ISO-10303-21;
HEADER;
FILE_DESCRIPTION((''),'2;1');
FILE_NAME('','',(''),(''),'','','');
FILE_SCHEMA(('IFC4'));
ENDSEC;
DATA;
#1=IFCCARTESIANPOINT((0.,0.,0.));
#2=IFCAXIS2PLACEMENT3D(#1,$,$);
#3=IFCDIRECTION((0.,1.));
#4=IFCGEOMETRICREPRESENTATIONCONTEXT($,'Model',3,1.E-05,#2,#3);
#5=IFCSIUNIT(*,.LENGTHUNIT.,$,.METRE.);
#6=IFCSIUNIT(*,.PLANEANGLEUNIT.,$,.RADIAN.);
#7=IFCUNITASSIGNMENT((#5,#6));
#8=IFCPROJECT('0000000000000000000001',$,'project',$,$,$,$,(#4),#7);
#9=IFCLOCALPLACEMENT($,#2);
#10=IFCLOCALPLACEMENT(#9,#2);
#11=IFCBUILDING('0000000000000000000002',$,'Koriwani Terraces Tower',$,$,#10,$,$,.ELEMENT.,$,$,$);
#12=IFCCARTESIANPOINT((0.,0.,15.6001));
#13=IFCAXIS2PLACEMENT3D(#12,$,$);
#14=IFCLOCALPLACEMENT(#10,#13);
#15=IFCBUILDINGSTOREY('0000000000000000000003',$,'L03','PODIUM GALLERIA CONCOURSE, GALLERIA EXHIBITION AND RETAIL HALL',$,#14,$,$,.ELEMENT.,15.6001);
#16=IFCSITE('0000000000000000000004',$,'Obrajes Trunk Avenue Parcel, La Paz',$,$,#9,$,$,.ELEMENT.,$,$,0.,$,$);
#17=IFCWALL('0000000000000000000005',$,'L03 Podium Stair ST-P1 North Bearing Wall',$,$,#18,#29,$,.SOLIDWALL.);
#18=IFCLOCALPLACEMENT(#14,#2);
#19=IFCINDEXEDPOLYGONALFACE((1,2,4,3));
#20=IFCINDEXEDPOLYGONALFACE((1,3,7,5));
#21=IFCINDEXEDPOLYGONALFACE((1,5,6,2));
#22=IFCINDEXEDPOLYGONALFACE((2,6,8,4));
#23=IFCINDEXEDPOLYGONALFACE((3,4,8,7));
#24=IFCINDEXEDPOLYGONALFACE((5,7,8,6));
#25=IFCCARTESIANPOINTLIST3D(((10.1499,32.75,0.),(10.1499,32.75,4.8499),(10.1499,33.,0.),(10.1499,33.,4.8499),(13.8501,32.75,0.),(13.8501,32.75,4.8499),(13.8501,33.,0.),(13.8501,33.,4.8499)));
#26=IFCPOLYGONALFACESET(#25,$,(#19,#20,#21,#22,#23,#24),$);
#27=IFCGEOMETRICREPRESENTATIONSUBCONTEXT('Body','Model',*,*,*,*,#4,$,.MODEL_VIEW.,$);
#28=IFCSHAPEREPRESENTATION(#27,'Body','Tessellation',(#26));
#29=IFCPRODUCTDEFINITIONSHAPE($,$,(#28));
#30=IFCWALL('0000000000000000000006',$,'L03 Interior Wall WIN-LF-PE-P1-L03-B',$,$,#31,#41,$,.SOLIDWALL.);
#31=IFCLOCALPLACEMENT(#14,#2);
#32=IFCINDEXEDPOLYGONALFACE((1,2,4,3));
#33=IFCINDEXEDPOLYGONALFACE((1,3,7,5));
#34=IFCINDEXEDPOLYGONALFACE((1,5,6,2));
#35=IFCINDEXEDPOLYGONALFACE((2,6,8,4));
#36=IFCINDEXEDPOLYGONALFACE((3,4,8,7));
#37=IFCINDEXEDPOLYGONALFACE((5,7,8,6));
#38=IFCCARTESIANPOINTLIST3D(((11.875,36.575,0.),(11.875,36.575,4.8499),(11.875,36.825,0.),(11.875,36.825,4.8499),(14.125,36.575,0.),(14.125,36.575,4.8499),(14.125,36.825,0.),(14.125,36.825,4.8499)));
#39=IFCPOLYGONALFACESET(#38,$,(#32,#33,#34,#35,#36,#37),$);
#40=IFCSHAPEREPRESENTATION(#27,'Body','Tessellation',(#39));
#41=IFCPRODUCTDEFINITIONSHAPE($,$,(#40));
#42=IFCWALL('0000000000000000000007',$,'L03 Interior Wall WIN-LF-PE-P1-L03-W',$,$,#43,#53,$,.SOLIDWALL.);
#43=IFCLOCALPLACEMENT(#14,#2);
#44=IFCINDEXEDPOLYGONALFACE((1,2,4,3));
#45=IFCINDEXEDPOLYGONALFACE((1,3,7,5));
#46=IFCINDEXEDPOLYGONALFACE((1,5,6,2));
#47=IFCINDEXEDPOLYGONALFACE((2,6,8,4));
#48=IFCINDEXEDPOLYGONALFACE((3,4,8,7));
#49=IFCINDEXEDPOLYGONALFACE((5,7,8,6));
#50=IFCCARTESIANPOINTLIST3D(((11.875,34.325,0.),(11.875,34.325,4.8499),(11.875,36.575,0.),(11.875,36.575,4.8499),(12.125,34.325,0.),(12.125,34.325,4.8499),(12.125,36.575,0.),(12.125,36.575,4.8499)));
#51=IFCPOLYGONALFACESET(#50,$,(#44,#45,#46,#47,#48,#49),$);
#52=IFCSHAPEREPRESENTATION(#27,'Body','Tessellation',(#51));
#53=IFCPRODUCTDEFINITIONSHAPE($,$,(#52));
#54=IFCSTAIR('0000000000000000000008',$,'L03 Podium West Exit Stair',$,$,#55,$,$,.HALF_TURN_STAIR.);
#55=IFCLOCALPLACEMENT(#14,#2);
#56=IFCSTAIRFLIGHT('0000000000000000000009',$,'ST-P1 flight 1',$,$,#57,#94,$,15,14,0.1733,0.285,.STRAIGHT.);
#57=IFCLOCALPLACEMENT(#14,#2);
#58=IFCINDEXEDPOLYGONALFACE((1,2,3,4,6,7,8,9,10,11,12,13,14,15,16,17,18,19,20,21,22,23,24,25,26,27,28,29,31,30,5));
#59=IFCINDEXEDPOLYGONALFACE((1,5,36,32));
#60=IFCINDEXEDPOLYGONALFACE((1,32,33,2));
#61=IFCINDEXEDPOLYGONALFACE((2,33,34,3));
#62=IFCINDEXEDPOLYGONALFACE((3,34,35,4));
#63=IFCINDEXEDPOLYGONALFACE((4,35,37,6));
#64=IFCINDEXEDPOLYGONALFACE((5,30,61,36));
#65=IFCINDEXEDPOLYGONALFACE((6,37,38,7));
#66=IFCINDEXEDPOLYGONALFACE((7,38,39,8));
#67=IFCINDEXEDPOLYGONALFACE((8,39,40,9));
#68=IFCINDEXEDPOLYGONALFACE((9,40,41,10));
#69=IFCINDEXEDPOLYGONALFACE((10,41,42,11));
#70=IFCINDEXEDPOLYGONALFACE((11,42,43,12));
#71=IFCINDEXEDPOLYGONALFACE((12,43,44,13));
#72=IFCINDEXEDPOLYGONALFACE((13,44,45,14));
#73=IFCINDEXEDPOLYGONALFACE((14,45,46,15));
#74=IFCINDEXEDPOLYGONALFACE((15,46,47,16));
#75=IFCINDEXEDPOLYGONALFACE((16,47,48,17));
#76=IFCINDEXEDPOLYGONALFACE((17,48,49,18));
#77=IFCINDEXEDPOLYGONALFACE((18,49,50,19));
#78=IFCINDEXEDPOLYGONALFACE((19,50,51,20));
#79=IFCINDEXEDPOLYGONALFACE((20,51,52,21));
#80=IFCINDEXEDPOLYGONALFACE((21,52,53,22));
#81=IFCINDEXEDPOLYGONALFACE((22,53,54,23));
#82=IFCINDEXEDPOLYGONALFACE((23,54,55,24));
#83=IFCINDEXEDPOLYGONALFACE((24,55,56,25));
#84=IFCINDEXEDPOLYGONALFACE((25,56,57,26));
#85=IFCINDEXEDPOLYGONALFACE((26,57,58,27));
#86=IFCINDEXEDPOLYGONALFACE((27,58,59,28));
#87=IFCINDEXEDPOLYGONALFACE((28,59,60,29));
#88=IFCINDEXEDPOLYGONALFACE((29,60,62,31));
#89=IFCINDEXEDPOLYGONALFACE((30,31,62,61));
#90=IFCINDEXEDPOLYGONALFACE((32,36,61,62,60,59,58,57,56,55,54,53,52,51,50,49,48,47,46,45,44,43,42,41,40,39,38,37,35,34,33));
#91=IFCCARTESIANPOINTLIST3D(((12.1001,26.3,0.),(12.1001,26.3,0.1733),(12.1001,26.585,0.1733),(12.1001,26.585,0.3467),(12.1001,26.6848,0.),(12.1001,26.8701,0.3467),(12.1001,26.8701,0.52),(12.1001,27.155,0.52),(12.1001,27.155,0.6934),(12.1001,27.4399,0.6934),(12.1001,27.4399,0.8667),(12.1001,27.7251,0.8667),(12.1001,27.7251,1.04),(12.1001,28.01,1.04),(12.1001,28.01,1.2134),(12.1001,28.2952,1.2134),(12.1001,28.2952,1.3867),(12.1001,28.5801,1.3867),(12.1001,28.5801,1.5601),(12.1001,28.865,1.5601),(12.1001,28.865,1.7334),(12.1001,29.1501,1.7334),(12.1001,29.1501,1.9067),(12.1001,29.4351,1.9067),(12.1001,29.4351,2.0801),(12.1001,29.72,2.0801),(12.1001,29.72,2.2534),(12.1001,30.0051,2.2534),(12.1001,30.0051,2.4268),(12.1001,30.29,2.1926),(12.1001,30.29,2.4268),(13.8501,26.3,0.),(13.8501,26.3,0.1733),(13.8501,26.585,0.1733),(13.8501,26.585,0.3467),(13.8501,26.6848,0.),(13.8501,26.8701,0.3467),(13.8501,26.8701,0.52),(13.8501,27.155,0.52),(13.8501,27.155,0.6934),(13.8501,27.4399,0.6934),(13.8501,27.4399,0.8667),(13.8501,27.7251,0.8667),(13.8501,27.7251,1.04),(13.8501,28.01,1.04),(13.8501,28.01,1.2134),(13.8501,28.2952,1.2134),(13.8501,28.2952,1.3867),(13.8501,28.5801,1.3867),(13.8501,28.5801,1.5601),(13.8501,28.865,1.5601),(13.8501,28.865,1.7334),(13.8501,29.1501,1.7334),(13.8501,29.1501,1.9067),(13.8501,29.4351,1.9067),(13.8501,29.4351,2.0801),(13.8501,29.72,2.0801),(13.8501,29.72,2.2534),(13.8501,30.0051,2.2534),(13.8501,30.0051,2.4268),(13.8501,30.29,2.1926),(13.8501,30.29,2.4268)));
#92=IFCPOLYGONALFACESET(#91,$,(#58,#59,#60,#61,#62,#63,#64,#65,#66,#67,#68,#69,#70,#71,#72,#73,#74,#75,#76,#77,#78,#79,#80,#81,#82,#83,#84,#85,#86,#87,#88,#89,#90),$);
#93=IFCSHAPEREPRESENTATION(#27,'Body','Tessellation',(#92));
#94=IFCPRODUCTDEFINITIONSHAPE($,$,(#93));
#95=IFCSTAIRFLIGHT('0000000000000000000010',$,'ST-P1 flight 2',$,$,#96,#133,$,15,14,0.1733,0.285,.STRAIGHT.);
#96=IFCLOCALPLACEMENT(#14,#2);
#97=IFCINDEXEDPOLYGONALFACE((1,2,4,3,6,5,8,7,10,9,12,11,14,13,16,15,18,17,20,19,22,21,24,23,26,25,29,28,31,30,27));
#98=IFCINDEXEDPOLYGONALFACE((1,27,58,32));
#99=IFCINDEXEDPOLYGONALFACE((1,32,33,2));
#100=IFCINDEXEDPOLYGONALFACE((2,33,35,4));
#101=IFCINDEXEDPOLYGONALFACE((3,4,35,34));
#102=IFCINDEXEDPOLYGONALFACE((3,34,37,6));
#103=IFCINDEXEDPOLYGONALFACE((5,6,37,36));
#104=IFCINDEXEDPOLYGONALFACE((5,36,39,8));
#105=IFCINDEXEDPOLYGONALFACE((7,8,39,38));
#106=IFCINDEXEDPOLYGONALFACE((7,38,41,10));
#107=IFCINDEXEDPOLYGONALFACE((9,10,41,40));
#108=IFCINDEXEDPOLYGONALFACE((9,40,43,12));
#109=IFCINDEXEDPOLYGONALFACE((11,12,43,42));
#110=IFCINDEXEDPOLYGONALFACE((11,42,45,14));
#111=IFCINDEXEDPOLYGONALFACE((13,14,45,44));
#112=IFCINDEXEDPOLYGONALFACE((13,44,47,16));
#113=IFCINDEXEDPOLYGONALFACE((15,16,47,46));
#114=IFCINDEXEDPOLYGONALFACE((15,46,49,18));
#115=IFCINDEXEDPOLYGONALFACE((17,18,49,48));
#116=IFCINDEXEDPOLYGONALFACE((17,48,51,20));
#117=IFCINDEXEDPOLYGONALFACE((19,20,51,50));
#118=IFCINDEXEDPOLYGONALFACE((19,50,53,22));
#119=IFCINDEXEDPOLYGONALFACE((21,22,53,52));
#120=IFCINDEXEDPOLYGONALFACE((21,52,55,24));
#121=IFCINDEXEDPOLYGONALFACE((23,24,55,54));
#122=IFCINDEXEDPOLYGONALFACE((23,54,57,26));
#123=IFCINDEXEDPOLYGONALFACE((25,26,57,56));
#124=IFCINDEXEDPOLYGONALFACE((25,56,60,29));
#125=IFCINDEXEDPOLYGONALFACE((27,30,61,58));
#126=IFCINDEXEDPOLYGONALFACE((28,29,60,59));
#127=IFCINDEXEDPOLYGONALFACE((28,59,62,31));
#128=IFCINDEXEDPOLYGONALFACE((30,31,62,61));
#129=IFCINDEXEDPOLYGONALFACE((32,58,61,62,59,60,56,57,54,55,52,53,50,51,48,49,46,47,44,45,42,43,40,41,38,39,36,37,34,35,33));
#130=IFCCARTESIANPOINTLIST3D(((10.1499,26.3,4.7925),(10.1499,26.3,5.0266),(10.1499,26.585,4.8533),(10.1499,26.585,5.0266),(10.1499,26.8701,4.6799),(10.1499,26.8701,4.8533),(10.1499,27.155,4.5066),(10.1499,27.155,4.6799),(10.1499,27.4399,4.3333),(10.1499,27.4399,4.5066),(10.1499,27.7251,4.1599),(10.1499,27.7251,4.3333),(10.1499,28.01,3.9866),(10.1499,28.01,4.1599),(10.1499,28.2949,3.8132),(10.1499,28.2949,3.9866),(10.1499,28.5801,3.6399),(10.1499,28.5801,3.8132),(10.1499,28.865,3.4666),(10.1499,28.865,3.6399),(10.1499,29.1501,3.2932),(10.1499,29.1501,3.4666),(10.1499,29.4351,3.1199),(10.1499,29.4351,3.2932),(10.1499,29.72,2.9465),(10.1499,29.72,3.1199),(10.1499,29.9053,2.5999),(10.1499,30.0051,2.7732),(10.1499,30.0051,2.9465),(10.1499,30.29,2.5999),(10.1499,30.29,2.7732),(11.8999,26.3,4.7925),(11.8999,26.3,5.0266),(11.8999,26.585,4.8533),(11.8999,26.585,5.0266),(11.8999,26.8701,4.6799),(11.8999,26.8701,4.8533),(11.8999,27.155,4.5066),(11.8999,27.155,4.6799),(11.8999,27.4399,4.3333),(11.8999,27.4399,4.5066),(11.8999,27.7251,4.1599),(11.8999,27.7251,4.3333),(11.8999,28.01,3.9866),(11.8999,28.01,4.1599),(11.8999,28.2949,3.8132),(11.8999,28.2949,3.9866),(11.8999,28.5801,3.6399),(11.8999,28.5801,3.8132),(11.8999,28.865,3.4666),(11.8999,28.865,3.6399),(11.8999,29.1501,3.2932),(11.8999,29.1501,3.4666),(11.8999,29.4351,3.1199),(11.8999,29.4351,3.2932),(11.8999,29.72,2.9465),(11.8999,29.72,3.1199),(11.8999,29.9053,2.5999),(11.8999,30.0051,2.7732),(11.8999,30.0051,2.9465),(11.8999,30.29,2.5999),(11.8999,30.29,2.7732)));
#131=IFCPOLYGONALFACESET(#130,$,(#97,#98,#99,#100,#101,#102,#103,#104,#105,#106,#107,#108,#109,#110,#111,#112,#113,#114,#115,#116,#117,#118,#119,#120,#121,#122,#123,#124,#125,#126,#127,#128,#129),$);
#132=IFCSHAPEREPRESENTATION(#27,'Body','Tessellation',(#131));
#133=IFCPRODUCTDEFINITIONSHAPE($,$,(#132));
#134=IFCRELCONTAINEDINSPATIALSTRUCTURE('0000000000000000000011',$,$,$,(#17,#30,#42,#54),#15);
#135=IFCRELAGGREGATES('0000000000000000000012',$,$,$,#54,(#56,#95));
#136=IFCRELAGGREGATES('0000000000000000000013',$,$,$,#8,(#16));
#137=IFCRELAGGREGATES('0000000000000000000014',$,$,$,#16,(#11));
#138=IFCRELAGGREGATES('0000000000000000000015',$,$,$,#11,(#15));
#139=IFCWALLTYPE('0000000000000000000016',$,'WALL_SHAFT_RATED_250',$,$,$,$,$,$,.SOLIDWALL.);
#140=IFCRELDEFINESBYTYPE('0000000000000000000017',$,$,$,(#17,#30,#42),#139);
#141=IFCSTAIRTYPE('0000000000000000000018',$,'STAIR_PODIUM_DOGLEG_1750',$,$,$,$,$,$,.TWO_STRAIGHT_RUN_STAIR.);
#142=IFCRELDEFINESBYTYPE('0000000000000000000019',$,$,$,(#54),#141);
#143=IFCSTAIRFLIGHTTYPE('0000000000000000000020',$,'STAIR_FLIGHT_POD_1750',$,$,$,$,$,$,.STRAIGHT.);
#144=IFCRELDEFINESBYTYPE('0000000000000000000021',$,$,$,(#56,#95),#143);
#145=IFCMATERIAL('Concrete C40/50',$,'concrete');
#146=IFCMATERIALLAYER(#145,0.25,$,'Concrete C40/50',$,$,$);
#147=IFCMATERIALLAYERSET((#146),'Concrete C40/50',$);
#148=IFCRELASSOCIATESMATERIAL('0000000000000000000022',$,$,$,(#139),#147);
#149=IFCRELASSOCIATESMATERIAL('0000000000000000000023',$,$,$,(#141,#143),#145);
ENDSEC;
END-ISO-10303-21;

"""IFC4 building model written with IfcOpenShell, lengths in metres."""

from ifc_helpers import new_model, si_unit, direction, frame, frame_2d, origin, place, context, subcontext, project, spatial, polyline, rectangle, outline, extrude, material, layer, layer_set, type_object, element, aggregate, save


model = new_model("IFC4")

# Units and contexts
model_context = context("Model", 3, precision=1e-05, world=origin(), true_north=direction((0.0, 1.0)))
body_context = subcontext(model_context, "Body", "Model", "MODEL_VIEW")
ifc_project = project(units=[si_unit("LENGTHUNIT", "METRE"), si_unit("PLANEANGLEUNIT", "RADIAN")], contexts=[model_context])

# Site, building, storey
site_placement = place(None, origin())
site = spatial("IfcSite", under=ifc_project, at=site_placement, Name="Obrajes Trunk Avenue Parcel, La Paz", CompositionType="ELEMENT", RefElevation=0.0)
building_placement = place(site_placement, origin())
building = spatial("IfcBuilding", under=site, at=building_placement, Name="Koriwani Terraces Tower", CompositionType="ELEMENT")
storey_placement = place(building_placement, frame((0.0, 0.0, 15.6001)))
storey = spatial("IfcBuildingStorey", under=building, at=storey_placement, Name="L03", Description="PODIUM GALLERIA CONCOURSE, GALLERIA EXHIBITION AND RETAIL HALL", CompositionType="ELEMENT", Elevation=15.6001)

# Shared definitions
ifc_material_1 = material(Name="Concrete C40/50", Category="concrete")

# Wall
ifc_layer_1 = layer(ifc_material_1, 0.25, Name="Concrete C40/50")
ifc_layer_set_1 = layer_set([ifc_layer_1], Name="Concrete C40/50")
wall_type_1 = type_object("IfcWallType", Name="WALL_SHAFT_RATED_250", PredefinedType="SOLIDWALL", material=ifc_layer_set_1)
wall_1_placement = place(storey_placement, frame((10.1499, 32.875, 0.0), z_axis=(0.0, 0.0, 1.0), x_axis=(1.0, 0.0, 0.0)))
element("IfcWall", 1, at=wall_1_placement, inside=storey, type_object=wall_type_1, Name="L03 Podium Stair ST-P1 North Bearing Wall", PredefinedType="SOLIDWALL", context=body_context, shape_type="SweptSolid", body=[
    extrude(rectangle(XDim=3.7002, YDim=0.25, at=frame_2d((1.8501, 0.0))), origin(), (0.0, 0.0, 1.0), 4.8499),
])

# Walls
for number, where, z_axis, x_axis, name in (
    (2, (11.875, 36.7, 0.0), (0.0, 0.0, 1.0), (1.0, 0.0, 0.0), "L03 Interior Wall WIN-LF-PE-P1-L03-B"),
    (3, (12.0, 34.325, 0.0), (0.0, 0.0, 1.0), (0.0, 1.0, 0.0), "L03 Interior Wall WIN-LF-PE-P1-L03-W"),
):
    element("IfcWall", number, at=place(storey_placement, frame(where, z_axis=z_axis, x_axis=x_axis)), inside=storey, type_object=wall_type_1, Name=name, PredefinedType="SOLIDWALL", context=body_context, shape_type="SweptSolid", body=[
        extrude(rectangle(XDim=2.25, YDim=0.25, at=frame_2d((1.125, 0.0))), origin(), (0.0, 0.0, 1.0), 4.8499),
    ])

# Stair, stair flights
stair_type = type_object("IfcStairType", Name="STAIR_PODIUM_DOGLEG_1750", PredefinedType="TWO_STRAIGHT_RUN_STAIR", material=ifc_material_1)
stair_placement = place(storey_placement, origin())
stair = element("IfcStair", 4, at=stair_placement, inside=storey, type_object=stair_type, Name="L03 Podium West Exit Stair", PredefinedType="HALF_TURN_STAIR")
stair_flight_type = type_object("IfcStairFlightType", Name="STAIR_FLIGHT_POD_1750", PredefinedType="STRAIGHT", material=ifc_material_1)
stair_flight_1_placement = place(storey_placement, frame((12.9751, 26.3, 0.0), z_axis=(0.0, 0.0, 1.0), x_axis=(0.0, 1.0, 0.0)))
stair_flight_1 = element("IfcStairFlight", 5, at=stair_flight_1_placement, type_object=stair_flight_type, Name="ST-P1 flight 1", NumberOfRisers=15, NumberOfTreads=14, PredefinedType="STRAIGHT", RiserHeight=0.1733, TreadLength=0.285, context=body_context, shape_type="SweptSolid", body=[
    extrude(outline(polyline([(0.0, 0.0), (0.0, 0.1733), (0.2849, 0.1733), (0.2849, 0.3467), (0.5701, 0.3467), (0.5701, 0.52), (0.855, 0.52), (0.855, 0.6934), (1.1399, 0.6934), (1.1399, 0.8667), (1.425, 0.8667), (1.425, 1.04), (1.71, 1.04), (1.71, 1.2134), (1.9951, 1.2134), (1.9951, 1.3867), (2.28, 1.3867), (2.28, 1.5601), (2.5649, 1.5601), (2.5649, 1.7334), (2.8501, 1.7334), (2.8501, 1.9067), (3.135, 1.9067), (3.135, 2.0801), (3.4199, 2.0801), (3.4199, 2.2534), (3.7051, 2.2534), (3.7051, 2.4268), (3.99, 2.4268), (3.99, 2.6001), (3.99, 2.1926), (0.3848, 0.0), (0.0, 0.0)])), frame((0.0, 0.875, 0.0), z_axis=(0.0, -1.0, 0.0), x_axis=(1.0, 0.0, 0.0)), (0.0, 0.0, 1.0), 1.75),
])
stair_flight_2_placement = place(storey_placement, frame((11.0249, 30.29, 2.5999), z_axis=(0.0, 0.0, 1.0), x_axis=(0.0, -1.0, 0.0)))
stair_flight_2 = element("IfcStairFlight", 6, at=stair_flight_2_placement, type_object=stair_flight_type, Name="ST-P1 flight 2", NumberOfRisers=15, NumberOfTreads=14, PredefinedType="STRAIGHT", RiserHeight=0.1733, TreadLength=0.285, context=body_context, shape_type="SweptSolid", body=[
    extrude(outline(polyline([(0.0, 0.0), (0.0, 0.1733), (0.2849, 0.1733), (0.2849, 0.3467), (0.5701, 0.3467), (0.5701, 0.52), (0.855, 0.52), (0.855, 0.6934), (1.1399, 0.6934), (1.1399, 0.8667), (1.425, 0.8667), (1.425, 1.04), (1.71, 1.04), (1.71, 1.2134), (1.9951, 1.2134), (1.9951, 1.3867), (2.28, 1.3867), (2.28, 1.5601), (2.5649, 1.5601), (2.5649, 1.7334), (2.8501, 1.7334), (2.8501, 1.9067), (3.135, 1.9067), (3.135, 2.0801), (3.4199, 2.0801), (3.4199, 2.2534), (3.7051, 2.2534), (3.7051, 2.4268), (3.99, 2.4268), (3.99, 2.6001), (3.99, 2.1926), (0.3848, 0.0), (0.0, 0.0)])), frame((0.0, 0.875, 0.0), z_axis=(0.0, -1.0, 0.0), x_axis=(1.0, 0.0, 0.0)), (0.0, 0.0, 1.0), 1.75),
])
aggregate(stair, [stair_flight_1, stair_flight_2])

save(model, "model.ifc")
